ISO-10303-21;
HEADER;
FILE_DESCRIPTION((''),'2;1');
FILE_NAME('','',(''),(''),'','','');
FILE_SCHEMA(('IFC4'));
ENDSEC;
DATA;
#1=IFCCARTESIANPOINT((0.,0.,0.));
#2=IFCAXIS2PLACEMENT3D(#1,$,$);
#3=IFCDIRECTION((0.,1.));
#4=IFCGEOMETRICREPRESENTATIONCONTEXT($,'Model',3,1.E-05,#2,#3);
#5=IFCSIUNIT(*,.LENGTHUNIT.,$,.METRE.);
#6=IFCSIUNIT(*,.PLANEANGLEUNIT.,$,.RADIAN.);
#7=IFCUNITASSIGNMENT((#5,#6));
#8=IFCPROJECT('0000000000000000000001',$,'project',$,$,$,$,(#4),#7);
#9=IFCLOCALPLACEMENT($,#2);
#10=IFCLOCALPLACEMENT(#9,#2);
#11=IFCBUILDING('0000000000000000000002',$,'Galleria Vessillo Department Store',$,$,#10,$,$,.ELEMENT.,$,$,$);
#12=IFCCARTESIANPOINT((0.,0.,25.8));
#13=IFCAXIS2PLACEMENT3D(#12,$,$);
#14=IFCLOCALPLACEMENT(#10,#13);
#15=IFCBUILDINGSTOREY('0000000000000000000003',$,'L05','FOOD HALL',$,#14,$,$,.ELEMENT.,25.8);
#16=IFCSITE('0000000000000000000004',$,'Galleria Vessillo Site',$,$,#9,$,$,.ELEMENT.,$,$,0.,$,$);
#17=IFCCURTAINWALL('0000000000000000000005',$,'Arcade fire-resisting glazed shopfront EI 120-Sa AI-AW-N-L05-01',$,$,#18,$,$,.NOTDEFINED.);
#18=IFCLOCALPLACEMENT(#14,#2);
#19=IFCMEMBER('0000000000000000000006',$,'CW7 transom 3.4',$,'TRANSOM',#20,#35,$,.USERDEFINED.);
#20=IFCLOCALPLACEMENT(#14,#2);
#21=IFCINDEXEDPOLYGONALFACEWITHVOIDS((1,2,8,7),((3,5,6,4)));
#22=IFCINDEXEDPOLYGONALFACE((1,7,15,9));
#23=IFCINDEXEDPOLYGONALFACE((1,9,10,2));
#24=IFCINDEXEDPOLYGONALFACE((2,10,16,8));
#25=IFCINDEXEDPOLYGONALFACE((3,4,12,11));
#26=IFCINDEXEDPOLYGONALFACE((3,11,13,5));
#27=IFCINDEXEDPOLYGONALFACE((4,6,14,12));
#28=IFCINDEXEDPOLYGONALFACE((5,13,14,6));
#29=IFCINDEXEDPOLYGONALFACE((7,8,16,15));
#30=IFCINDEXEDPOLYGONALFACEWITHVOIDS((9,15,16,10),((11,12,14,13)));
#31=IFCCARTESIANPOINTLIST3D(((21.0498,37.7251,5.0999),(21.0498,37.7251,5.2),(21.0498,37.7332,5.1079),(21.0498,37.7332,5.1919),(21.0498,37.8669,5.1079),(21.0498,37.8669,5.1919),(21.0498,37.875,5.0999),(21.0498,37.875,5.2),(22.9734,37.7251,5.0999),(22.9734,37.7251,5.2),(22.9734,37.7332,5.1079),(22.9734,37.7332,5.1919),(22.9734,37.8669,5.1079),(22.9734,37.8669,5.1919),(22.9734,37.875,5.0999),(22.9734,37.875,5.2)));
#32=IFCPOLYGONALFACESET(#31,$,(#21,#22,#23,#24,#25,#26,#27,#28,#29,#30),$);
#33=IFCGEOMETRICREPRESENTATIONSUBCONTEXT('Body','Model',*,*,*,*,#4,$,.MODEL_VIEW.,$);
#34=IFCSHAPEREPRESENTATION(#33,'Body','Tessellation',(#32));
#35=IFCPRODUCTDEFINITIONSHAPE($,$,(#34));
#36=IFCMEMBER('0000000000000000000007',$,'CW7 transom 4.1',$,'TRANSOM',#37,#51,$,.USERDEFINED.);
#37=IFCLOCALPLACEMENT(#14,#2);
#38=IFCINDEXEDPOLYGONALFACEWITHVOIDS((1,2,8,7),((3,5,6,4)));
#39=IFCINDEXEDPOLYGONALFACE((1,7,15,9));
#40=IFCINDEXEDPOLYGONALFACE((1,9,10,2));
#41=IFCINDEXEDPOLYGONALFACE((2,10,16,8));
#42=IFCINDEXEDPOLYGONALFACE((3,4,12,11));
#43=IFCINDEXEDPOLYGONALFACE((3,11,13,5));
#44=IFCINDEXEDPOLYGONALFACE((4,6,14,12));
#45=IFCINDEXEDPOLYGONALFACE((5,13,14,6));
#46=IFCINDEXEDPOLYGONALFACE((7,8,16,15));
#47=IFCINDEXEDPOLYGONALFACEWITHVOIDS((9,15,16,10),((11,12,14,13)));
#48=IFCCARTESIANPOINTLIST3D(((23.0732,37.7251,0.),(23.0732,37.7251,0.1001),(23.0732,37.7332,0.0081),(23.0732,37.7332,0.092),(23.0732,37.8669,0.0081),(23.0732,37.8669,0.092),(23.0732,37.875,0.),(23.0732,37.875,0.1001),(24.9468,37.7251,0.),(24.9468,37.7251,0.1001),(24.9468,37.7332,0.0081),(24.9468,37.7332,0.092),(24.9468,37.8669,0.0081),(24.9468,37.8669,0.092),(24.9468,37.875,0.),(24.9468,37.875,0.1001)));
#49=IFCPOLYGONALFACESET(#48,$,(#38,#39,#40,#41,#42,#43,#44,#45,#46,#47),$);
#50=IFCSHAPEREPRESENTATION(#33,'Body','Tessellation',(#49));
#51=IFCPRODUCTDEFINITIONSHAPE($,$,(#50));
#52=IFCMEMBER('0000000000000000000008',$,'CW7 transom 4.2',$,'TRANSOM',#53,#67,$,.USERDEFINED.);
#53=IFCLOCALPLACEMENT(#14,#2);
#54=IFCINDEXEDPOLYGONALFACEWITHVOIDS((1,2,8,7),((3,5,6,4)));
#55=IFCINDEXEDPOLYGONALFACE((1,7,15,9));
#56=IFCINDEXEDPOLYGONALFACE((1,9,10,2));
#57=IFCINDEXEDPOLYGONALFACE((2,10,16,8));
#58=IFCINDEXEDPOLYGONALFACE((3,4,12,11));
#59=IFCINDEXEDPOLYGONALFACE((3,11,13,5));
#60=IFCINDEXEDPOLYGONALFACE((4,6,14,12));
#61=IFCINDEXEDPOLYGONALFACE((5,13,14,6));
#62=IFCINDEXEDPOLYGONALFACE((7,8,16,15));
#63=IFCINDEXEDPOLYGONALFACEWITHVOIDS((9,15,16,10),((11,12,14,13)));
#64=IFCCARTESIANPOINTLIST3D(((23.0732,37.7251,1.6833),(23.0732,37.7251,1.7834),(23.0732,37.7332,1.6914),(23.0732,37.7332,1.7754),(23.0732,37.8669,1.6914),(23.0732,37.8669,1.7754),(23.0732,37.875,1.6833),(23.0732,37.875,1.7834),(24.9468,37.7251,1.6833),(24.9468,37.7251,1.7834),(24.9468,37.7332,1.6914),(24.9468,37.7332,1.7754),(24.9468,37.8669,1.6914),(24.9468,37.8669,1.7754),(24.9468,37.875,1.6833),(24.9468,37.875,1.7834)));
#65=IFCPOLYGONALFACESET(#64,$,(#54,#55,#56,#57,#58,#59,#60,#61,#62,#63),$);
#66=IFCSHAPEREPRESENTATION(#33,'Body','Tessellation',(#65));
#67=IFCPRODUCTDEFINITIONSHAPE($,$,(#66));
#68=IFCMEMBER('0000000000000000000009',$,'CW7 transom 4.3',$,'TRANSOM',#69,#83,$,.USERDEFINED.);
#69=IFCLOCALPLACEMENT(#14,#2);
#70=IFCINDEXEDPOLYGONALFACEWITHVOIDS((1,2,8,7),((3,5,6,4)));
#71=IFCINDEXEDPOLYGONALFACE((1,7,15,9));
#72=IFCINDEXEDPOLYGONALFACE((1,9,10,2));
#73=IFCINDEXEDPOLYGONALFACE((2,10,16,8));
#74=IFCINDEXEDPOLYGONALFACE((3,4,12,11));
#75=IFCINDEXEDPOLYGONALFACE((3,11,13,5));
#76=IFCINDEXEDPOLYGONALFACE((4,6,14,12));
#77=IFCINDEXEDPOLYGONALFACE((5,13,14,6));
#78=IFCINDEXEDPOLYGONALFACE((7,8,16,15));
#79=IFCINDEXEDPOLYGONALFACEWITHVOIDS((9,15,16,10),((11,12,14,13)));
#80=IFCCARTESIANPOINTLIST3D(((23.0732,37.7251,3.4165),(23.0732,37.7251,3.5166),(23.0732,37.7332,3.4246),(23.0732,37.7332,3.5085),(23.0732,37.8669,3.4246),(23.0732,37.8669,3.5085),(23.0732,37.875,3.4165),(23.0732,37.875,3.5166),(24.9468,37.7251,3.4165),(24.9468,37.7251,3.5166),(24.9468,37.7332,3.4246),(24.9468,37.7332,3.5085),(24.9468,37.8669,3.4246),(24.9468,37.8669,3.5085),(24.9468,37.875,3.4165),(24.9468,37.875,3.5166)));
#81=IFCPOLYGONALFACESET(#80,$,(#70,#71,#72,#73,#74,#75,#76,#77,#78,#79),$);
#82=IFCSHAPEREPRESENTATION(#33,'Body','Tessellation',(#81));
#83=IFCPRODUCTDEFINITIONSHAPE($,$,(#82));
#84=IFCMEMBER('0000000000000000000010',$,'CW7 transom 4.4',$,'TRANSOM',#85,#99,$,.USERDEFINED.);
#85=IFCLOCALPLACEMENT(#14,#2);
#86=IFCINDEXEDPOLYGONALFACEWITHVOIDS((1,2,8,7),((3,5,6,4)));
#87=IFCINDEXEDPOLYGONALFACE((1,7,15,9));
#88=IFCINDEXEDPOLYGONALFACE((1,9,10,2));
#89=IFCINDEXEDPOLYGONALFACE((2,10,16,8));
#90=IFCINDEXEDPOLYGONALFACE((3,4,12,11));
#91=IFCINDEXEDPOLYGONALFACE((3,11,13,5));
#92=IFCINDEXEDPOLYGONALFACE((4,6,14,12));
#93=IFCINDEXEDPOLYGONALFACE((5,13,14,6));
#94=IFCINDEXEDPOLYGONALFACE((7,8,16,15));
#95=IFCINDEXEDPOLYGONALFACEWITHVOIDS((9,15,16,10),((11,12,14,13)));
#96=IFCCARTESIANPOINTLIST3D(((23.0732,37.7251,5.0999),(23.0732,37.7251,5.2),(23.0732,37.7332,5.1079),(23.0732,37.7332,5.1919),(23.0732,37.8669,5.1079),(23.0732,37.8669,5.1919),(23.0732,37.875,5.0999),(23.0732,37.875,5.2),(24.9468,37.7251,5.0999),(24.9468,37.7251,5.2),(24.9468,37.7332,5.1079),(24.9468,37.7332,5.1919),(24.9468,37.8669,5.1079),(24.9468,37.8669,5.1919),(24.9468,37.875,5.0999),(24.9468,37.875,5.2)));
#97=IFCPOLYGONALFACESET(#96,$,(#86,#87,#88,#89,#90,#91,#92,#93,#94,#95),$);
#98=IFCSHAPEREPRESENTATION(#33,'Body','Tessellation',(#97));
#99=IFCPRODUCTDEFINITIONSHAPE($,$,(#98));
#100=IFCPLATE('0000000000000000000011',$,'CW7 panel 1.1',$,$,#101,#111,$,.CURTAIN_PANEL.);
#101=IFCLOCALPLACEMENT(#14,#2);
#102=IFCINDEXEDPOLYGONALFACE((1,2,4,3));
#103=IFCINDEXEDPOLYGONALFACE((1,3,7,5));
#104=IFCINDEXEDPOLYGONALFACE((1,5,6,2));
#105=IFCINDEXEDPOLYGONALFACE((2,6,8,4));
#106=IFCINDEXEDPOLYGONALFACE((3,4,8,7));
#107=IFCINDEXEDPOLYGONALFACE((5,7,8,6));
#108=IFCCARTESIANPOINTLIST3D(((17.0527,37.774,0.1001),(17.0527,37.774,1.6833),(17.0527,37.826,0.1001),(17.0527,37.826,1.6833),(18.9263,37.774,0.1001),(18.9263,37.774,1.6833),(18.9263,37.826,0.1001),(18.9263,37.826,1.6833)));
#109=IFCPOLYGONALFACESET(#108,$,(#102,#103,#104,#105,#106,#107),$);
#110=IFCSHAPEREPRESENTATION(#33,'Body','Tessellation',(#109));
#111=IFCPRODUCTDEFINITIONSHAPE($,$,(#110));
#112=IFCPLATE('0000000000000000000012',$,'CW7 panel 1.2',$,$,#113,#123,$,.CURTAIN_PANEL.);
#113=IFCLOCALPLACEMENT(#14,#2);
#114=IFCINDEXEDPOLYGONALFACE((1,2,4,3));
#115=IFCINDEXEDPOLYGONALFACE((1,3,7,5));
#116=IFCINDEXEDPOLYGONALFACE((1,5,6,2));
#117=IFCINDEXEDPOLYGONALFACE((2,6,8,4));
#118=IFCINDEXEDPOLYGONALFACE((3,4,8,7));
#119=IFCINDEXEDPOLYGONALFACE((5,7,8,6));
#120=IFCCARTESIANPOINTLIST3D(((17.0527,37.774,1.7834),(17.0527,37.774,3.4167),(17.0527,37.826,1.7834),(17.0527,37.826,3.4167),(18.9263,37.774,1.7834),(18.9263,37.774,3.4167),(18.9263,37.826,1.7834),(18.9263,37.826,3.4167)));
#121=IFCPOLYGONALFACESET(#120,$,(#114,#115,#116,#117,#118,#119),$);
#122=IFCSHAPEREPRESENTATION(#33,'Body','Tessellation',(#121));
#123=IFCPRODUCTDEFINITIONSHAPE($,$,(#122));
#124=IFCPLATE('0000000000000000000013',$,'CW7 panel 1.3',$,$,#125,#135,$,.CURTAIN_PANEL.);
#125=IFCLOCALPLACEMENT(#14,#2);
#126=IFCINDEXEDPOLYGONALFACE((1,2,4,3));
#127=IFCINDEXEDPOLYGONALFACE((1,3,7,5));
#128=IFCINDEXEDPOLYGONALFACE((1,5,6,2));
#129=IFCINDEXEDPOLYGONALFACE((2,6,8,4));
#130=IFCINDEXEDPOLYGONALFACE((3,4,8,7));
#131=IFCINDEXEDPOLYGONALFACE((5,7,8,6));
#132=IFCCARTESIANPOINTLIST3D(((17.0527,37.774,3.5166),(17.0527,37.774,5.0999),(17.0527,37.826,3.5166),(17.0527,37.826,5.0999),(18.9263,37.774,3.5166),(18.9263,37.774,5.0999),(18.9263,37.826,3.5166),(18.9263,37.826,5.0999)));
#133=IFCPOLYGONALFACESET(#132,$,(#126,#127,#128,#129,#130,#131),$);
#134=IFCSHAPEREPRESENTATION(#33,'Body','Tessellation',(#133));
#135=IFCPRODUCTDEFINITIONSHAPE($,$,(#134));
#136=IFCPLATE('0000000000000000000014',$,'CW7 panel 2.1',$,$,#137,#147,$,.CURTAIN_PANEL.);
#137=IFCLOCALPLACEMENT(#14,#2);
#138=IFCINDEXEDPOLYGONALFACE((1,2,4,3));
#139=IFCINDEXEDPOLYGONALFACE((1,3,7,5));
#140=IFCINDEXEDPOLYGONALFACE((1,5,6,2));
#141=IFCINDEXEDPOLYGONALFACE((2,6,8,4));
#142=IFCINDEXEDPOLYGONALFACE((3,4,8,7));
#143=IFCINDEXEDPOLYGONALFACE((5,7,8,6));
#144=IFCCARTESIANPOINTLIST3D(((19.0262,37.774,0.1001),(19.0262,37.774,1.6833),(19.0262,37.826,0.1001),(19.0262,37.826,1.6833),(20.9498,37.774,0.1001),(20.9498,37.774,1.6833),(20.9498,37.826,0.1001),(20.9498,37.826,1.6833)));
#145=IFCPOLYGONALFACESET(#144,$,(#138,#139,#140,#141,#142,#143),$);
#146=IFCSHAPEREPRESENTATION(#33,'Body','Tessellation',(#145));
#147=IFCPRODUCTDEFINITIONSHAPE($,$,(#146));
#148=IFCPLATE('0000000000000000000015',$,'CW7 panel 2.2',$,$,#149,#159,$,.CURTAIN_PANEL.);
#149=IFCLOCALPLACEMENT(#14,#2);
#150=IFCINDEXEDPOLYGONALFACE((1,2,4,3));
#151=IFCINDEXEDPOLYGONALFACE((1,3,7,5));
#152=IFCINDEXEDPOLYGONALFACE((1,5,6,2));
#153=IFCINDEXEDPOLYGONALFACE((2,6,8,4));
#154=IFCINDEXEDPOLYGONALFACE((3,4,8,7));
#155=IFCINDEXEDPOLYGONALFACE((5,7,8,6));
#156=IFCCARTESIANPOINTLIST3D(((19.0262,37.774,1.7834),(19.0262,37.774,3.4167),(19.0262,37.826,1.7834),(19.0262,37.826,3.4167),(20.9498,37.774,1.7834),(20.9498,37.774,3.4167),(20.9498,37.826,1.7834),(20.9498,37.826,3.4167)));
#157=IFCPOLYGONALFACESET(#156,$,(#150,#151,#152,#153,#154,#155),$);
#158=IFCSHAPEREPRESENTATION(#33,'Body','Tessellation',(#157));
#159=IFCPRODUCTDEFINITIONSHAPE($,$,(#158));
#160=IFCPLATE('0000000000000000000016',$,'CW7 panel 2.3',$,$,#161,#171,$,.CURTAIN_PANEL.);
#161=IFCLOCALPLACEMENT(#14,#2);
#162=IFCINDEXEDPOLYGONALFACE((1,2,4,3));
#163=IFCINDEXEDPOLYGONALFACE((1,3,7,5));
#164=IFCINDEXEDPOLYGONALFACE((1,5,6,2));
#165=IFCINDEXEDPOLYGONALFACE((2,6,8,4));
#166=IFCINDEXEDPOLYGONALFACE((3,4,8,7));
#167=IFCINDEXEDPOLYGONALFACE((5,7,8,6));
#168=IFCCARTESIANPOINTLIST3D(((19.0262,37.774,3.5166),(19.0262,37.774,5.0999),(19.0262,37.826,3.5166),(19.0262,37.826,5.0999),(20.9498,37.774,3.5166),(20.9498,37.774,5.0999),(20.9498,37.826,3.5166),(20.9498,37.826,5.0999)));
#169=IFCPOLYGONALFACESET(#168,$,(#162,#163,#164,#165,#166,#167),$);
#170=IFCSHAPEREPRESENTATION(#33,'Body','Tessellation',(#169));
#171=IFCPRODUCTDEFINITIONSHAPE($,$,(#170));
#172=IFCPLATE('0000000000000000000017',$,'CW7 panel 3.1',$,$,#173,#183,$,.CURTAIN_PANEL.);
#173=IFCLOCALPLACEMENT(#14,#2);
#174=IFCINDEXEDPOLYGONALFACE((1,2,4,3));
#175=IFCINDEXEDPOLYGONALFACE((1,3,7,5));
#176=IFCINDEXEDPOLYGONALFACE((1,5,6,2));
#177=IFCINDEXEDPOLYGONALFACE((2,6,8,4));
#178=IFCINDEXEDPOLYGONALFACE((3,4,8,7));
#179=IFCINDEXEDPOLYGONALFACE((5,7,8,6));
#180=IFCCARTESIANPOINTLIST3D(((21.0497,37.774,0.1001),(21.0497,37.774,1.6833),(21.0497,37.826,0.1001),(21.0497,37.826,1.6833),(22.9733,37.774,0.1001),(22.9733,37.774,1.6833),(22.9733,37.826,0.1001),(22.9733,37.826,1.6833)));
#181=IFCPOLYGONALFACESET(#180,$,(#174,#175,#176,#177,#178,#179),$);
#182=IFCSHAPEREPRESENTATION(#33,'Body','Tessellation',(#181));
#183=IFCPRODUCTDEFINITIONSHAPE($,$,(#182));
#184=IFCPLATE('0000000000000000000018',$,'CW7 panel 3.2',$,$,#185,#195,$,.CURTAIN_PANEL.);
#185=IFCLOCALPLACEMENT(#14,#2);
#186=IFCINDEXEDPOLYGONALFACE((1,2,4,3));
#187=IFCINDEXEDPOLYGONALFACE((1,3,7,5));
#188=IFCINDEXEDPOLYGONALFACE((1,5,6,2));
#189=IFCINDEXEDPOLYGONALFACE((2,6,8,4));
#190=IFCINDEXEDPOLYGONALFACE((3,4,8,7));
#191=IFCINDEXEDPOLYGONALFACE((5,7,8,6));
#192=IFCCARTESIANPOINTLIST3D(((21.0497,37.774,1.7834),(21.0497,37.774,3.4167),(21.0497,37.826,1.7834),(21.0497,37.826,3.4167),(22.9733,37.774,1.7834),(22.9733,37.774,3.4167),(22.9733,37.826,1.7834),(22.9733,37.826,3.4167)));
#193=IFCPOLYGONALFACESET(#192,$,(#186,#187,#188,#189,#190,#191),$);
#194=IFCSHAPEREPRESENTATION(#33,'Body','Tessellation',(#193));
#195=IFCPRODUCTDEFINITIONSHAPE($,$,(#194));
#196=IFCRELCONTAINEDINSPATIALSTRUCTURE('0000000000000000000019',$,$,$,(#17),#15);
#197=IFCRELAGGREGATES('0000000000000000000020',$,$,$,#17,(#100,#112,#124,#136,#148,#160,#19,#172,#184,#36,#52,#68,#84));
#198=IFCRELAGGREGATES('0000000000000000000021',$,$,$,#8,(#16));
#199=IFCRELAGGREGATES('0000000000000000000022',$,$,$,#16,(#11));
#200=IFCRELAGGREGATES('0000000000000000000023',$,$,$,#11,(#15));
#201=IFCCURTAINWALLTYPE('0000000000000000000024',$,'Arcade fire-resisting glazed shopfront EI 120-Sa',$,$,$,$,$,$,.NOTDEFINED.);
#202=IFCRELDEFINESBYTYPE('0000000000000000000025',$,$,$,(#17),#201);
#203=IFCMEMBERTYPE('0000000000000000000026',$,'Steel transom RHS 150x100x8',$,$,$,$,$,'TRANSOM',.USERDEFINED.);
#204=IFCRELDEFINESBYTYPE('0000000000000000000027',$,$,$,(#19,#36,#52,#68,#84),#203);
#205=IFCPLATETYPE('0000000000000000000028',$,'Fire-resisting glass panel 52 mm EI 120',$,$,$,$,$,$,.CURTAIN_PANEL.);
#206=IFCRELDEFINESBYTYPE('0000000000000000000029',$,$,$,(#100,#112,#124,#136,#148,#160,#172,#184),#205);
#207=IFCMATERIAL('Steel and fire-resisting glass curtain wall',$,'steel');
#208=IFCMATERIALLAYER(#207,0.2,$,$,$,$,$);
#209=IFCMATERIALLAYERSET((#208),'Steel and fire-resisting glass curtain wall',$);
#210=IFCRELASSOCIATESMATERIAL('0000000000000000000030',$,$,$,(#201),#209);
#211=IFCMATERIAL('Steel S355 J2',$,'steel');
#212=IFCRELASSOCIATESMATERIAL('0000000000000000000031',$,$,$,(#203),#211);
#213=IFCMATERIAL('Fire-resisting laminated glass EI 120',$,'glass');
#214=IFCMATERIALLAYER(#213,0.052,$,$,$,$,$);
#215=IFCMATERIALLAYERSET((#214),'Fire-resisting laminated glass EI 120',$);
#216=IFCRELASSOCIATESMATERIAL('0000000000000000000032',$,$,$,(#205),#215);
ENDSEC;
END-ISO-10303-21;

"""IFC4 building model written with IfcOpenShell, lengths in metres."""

from ifc_helpers import new_model, si_unit, direction, frame, origin, origin_2d, place, context, subcontext, project, spatial, rectangle, hollow_rectangle, extrude, material, layer, layer_set, material_profile, profile_set, type_object, element, aggregate, save


model = new_model("IFC4")

# Units and contexts
model_context = context("Model", 3, precision=1e-05, world=origin(), true_north=direction((0.0, 1.0)))
body_context = subcontext(model_context, "Body", "Model", "MODEL_VIEW")
ifc_project = project(units=[si_unit("LENGTHUNIT", "METRE"), si_unit("PLANEANGLEUNIT", "RADIAN")], contexts=[model_context])

# Site, building, storey
site_placement = place(None, origin())
site = spatial("IfcSite", under=ifc_project, at=site_placement, Name="Galleria Vessillo Site", CompositionType="ELEMENT", RefElevation=0.0)
building_placement = place(site_placement, origin())
building = spatial("IfcBuilding", under=site, at=building_placement, Name="Galleria Vessillo Department Store", CompositionType="ELEMENT")
storey_placement = place(building_placement, frame((0.0, 0.0, 25.8)))
storey = spatial("IfcBuildingStorey", under=building, at=storey_placement, Name="L05", Description="FOOD HALL", CompositionType="ELEMENT", Elevation=25.8)

# Curtain wall, members, plates
ifc_material_1 = material(Name="Steel and fire-resisting glass curtain wall", Category="steel")
ifc_layer_1 = layer(ifc_material_1, 0.2)
ifc_layer_set_1 = layer_set([ifc_layer_1], Name="Steel and fire-resisting glass curtain wall")
curtain_wall_type = type_object("IfcCurtainWallType", Name="Arcade fire-resisting glazed shopfront EI 120-Sa", PredefinedType="NOTDEFINED", material=ifc_layer_set_1)
curtain_wall_placement = place(storey_placement, origin())
curtain_wall = element("IfcCurtainWall", 1, at=curtain_wall_placement, inside=storey, type_object=curtain_wall_type, Name="Arcade fire-resisting glazed shopfront EI 120-Sa AI-AW-N-L05-01", PredefinedType="NOTDEFINED")
ifc_material_2 = material(Name="Steel S355 J2", Category="steel")
ifc_material_profile_1 = material_profile(ifc_material_2, hollow_rectangle(XDim=0.1499, YDim=0.1001, WallThickness=0.0081, at=origin_2d()), Name="RHS 150x100x8")
ifc_profile_set_1 = profile_set([ifc_material_profile_1], Name="Steel S355 J2")
member_type_1 = type_object("IfcMemberType", Name="Steel transom RHS 150x100x8", ElementType="TRANSOM", PredefinedType="USERDEFINED", material=ifc_profile_set_1)
member_1_placement = place(storey_placement, frame((21.0498, 37.8, 5.1499), z_axis=(1.0, 0.0, 0.0), x_axis=(0.0, 1.0, 0.0)))
member_1 = element("IfcMember", 2, at=member_1_placement, type_object=member_type_1, Name="CW7 transom 3.4", ObjectType="TRANSOM", PredefinedType="USERDEFINED", context=body_context, shape_type="SweptSolid", body=[
    extrude(hollow_rectangle(XDim=0.1499, YDim=0.1001, WallThickness=0.0081, at=origin_2d()), origin(), (0.0, 0.0, 1.0), 1.9236),
])
member_2_placement = place(storey_placement, frame((23.0732, 37.8, 0.05), z_axis=(1.0, 0.0, 0.0), x_axis=(0.0, 1.0, 0.0)))
member_2 = element("IfcMember", 3, at=member_2_placement, type_object=member_type_1, Name="CW7 transom 4.1", ObjectType="TRANSOM", PredefinedType="USERDEFINED", context=body_context, shape_type="SweptSolid", body=[
    extrude(hollow_rectangle(XDim=0.1499, YDim=0.1001, WallThickness=0.0081, at=origin_2d()), origin(), (0.0, 0.0, 1.0), 1.8735),
])
member_3_placement = place(storey_placement, frame((23.0732, 37.8, 1.7334), z_axis=(1.0, 0.0, 0.0), x_axis=(0.0, 1.0, 0.0)))
member_3 = element("IfcMember", 4, at=member_3_placement, type_object=member_type_1, Name="CW7 transom 4.2", ObjectType="TRANSOM", PredefinedType="USERDEFINED", context=body_context, shape_type="SweptSolid", body=[
    extrude(hollow_rectangle(XDim=0.1499, YDim=0.1001, WallThickness=0.0081, at=origin_2d()), origin(), (0.0, 0.0, 1.0), 1.8735),
])
member_4_placement = place(storey_placement, frame((23.0732, 37.8, 3.4666), z_axis=(1.0, 0.0, 0.0), x_axis=(0.0, 1.0, 0.0)))
member_4 = element("IfcMember", 5, at=member_4_placement, type_object=member_type_1, Name="CW7 transom 4.3", ObjectType="TRANSOM", PredefinedType="USERDEFINED", context=body_context, shape_type="SweptSolid", body=[
    extrude(hollow_rectangle(XDim=0.1499, YDim=0.1001, WallThickness=0.0081, at=origin_2d()), origin(), (0.0, 0.0, 1.0), 1.8735),
])
member_5_placement = place(storey_placement, frame((23.0732, 37.8, 5.1499), z_axis=(1.0, 0.0, 0.0), x_axis=(0.0, 1.0, 0.0)))
member_5 = element("IfcMember", 6, at=member_5_placement, type_object=member_type_1, Name="CW7 transom 4.4", ObjectType="TRANSOM", PredefinedType="USERDEFINED", context=body_context, shape_type="SweptSolid", body=[
    extrude(hollow_rectangle(XDim=0.1499, YDim=0.1001, WallThickness=0.0081, at=origin_2d()), origin(), (0.0, 0.0, 1.0), 1.8735),
])
ifc_material_3 = material(Name="Fire-resisting laminated glass EI 120", Category="glass")
ifc_layer_2 = layer(ifc_material_3, 0.052)
ifc_layer_set_2 = layer_set([ifc_layer_2], Name="Fire-resisting laminated glass EI 120")
plate_type = type_object("IfcPlateType", Name="Fire-resisting glass panel 52 mm EI 120", PredefinedType="CURTAIN_PANEL", material=ifc_layer_set_2)
plate_1_placement = place(storey_placement, frame((17.9895, 37.8, 0.1001), z_axis=(0.0, 0.0, 1.0), x_axis=(1.0, 0.0, 0.0)))
plate_1 = element("IfcPlate", 7, at=plate_1_placement, type_object=plate_type, Name="CW7 panel 1.1", PredefinedType="CURTAIN_PANEL", context=body_context, shape_type="SweptSolid", body=[
    extrude(rectangle(XDim=1.8735, YDim=0.052, at=origin_2d()), origin(), (0.0, 0.0, 1.0), 1.5833),
])
plate_2_placement = place(storey_placement, frame((17.9895, 37.8, 1.7834), z_axis=(0.0, 0.0, 1.0), x_axis=(1.0, 0.0, 0.0)))
plate_2 = element("IfcPlate", 8, at=plate_2_placement, type_object=plate_type, Name="CW7 panel 1.2", PredefinedType="CURTAIN_PANEL", context=body_context, shape_type="SweptSolid", body=[
    extrude(rectangle(XDim=1.8735, YDim=0.052, at=origin_2d()), origin(), (0.0, 0.0, 1.0), 1.6333),
])
plate_3_placement = place(storey_placement, frame((17.9895, 37.8, 3.5166), z_axis=(0.0, 0.0, 1.0), x_axis=(1.0, 0.0, 0.0)))
plate_3 = element("IfcPlate", 9, at=plate_3_placement, type_object=plate_type, Name="CW7 panel 1.3", PredefinedType="CURTAIN_PANEL", context=body_context, shape_type="SweptSolid", body=[
    extrude(rectangle(XDim=1.8735, YDim=0.052, at=origin_2d()), origin(), (0.0, 0.0, 1.0), 1.5833),
])
plate_4_placement = place(storey_placement, frame((19.988, 37.8, 0.1001), z_axis=(0.0, 0.0, 1.0), x_axis=(1.0, 0.0, 0.0)))
plate_4 = element("IfcPlate", 10, at=plate_4_placement, type_object=plate_type, Name="CW7 panel 2.1", PredefinedType="CURTAIN_PANEL", context=body_context, shape_type="SweptSolid", body=[
    extrude(rectangle(XDim=1.9236, YDim=0.052, at=origin_2d()), origin(), (0.0, 0.0, 1.0), 1.5833),
])
plate_5_placement = place(storey_placement, frame((19.988, 37.8, 1.7834), z_axis=(0.0, 0.0, 1.0), x_axis=(1.0, 0.0, 0.0)))
plate_5 = element("IfcPlate", 11, at=plate_5_placement, type_object=plate_type, Name="CW7 panel 2.2", PredefinedType="CURTAIN_PANEL", context=body_context, shape_type="SweptSolid", body=[
    extrude(rectangle(XDim=1.9236, YDim=0.052, at=origin_2d()), origin(), (0.0, 0.0, 1.0), 1.6333),
])
plate_6_placement = place(storey_placement, frame((19.988, 37.8, 3.5166), z_axis=(0.0, 0.0, 1.0), x_axis=(1.0, 0.0, 0.0)))
plate_6 = element("IfcPlate", 12, at=plate_6_placement, type_object=plate_type, Name="CW7 panel 2.3", PredefinedType="CURTAIN_PANEL", context=body_context, shape_type="SweptSolid", body=[
    extrude(rectangle(XDim=1.9236, YDim=0.052, at=origin_2d()), origin(), (0.0, 0.0, 1.0), 1.5833),
])
plate_7_placement = place(storey_placement, frame((22.0115, 37.8, 0.1001), z_axis=(0.0, 0.0, 1.0), x_axis=(1.0, 0.0, 0.0)))
plate_7 = element("IfcPlate", 13, at=plate_7_placement, type_object=plate_type, Name="CW7 panel 3.1", PredefinedType="CURTAIN_PANEL", context=body_context, shape_type="SweptSolid", body=[
    extrude(rectangle(XDim=1.9236, YDim=0.052, at=origin_2d()), origin(), (0.0, 0.0, 1.0), 1.5833),
])
plate_8_placement = place(storey_placement, frame((22.0115, 37.8, 1.7834), z_axis=(0.0, 0.0, 1.0), x_axis=(1.0, 0.0, 0.0)))
plate_8 = element("IfcPlate", 14, at=plate_8_placement, type_object=plate_type, Name="CW7 panel 3.2", PredefinedType="CURTAIN_PANEL", context=body_context, shape_type="SweptSolid", body=[
    extrude(rectangle(XDim=1.9236, YDim=0.052, at=origin_2d()), origin(), (0.0, 0.0, 1.0), 1.6333),
])
aggregate(curtain_wall, [plate_1, plate_2, plate_3, plate_4, plate_5, plate_6, member_1, plate_7, plate_8, member_2, member_3, member_4, member_5])

save(model, "model.ifc")
